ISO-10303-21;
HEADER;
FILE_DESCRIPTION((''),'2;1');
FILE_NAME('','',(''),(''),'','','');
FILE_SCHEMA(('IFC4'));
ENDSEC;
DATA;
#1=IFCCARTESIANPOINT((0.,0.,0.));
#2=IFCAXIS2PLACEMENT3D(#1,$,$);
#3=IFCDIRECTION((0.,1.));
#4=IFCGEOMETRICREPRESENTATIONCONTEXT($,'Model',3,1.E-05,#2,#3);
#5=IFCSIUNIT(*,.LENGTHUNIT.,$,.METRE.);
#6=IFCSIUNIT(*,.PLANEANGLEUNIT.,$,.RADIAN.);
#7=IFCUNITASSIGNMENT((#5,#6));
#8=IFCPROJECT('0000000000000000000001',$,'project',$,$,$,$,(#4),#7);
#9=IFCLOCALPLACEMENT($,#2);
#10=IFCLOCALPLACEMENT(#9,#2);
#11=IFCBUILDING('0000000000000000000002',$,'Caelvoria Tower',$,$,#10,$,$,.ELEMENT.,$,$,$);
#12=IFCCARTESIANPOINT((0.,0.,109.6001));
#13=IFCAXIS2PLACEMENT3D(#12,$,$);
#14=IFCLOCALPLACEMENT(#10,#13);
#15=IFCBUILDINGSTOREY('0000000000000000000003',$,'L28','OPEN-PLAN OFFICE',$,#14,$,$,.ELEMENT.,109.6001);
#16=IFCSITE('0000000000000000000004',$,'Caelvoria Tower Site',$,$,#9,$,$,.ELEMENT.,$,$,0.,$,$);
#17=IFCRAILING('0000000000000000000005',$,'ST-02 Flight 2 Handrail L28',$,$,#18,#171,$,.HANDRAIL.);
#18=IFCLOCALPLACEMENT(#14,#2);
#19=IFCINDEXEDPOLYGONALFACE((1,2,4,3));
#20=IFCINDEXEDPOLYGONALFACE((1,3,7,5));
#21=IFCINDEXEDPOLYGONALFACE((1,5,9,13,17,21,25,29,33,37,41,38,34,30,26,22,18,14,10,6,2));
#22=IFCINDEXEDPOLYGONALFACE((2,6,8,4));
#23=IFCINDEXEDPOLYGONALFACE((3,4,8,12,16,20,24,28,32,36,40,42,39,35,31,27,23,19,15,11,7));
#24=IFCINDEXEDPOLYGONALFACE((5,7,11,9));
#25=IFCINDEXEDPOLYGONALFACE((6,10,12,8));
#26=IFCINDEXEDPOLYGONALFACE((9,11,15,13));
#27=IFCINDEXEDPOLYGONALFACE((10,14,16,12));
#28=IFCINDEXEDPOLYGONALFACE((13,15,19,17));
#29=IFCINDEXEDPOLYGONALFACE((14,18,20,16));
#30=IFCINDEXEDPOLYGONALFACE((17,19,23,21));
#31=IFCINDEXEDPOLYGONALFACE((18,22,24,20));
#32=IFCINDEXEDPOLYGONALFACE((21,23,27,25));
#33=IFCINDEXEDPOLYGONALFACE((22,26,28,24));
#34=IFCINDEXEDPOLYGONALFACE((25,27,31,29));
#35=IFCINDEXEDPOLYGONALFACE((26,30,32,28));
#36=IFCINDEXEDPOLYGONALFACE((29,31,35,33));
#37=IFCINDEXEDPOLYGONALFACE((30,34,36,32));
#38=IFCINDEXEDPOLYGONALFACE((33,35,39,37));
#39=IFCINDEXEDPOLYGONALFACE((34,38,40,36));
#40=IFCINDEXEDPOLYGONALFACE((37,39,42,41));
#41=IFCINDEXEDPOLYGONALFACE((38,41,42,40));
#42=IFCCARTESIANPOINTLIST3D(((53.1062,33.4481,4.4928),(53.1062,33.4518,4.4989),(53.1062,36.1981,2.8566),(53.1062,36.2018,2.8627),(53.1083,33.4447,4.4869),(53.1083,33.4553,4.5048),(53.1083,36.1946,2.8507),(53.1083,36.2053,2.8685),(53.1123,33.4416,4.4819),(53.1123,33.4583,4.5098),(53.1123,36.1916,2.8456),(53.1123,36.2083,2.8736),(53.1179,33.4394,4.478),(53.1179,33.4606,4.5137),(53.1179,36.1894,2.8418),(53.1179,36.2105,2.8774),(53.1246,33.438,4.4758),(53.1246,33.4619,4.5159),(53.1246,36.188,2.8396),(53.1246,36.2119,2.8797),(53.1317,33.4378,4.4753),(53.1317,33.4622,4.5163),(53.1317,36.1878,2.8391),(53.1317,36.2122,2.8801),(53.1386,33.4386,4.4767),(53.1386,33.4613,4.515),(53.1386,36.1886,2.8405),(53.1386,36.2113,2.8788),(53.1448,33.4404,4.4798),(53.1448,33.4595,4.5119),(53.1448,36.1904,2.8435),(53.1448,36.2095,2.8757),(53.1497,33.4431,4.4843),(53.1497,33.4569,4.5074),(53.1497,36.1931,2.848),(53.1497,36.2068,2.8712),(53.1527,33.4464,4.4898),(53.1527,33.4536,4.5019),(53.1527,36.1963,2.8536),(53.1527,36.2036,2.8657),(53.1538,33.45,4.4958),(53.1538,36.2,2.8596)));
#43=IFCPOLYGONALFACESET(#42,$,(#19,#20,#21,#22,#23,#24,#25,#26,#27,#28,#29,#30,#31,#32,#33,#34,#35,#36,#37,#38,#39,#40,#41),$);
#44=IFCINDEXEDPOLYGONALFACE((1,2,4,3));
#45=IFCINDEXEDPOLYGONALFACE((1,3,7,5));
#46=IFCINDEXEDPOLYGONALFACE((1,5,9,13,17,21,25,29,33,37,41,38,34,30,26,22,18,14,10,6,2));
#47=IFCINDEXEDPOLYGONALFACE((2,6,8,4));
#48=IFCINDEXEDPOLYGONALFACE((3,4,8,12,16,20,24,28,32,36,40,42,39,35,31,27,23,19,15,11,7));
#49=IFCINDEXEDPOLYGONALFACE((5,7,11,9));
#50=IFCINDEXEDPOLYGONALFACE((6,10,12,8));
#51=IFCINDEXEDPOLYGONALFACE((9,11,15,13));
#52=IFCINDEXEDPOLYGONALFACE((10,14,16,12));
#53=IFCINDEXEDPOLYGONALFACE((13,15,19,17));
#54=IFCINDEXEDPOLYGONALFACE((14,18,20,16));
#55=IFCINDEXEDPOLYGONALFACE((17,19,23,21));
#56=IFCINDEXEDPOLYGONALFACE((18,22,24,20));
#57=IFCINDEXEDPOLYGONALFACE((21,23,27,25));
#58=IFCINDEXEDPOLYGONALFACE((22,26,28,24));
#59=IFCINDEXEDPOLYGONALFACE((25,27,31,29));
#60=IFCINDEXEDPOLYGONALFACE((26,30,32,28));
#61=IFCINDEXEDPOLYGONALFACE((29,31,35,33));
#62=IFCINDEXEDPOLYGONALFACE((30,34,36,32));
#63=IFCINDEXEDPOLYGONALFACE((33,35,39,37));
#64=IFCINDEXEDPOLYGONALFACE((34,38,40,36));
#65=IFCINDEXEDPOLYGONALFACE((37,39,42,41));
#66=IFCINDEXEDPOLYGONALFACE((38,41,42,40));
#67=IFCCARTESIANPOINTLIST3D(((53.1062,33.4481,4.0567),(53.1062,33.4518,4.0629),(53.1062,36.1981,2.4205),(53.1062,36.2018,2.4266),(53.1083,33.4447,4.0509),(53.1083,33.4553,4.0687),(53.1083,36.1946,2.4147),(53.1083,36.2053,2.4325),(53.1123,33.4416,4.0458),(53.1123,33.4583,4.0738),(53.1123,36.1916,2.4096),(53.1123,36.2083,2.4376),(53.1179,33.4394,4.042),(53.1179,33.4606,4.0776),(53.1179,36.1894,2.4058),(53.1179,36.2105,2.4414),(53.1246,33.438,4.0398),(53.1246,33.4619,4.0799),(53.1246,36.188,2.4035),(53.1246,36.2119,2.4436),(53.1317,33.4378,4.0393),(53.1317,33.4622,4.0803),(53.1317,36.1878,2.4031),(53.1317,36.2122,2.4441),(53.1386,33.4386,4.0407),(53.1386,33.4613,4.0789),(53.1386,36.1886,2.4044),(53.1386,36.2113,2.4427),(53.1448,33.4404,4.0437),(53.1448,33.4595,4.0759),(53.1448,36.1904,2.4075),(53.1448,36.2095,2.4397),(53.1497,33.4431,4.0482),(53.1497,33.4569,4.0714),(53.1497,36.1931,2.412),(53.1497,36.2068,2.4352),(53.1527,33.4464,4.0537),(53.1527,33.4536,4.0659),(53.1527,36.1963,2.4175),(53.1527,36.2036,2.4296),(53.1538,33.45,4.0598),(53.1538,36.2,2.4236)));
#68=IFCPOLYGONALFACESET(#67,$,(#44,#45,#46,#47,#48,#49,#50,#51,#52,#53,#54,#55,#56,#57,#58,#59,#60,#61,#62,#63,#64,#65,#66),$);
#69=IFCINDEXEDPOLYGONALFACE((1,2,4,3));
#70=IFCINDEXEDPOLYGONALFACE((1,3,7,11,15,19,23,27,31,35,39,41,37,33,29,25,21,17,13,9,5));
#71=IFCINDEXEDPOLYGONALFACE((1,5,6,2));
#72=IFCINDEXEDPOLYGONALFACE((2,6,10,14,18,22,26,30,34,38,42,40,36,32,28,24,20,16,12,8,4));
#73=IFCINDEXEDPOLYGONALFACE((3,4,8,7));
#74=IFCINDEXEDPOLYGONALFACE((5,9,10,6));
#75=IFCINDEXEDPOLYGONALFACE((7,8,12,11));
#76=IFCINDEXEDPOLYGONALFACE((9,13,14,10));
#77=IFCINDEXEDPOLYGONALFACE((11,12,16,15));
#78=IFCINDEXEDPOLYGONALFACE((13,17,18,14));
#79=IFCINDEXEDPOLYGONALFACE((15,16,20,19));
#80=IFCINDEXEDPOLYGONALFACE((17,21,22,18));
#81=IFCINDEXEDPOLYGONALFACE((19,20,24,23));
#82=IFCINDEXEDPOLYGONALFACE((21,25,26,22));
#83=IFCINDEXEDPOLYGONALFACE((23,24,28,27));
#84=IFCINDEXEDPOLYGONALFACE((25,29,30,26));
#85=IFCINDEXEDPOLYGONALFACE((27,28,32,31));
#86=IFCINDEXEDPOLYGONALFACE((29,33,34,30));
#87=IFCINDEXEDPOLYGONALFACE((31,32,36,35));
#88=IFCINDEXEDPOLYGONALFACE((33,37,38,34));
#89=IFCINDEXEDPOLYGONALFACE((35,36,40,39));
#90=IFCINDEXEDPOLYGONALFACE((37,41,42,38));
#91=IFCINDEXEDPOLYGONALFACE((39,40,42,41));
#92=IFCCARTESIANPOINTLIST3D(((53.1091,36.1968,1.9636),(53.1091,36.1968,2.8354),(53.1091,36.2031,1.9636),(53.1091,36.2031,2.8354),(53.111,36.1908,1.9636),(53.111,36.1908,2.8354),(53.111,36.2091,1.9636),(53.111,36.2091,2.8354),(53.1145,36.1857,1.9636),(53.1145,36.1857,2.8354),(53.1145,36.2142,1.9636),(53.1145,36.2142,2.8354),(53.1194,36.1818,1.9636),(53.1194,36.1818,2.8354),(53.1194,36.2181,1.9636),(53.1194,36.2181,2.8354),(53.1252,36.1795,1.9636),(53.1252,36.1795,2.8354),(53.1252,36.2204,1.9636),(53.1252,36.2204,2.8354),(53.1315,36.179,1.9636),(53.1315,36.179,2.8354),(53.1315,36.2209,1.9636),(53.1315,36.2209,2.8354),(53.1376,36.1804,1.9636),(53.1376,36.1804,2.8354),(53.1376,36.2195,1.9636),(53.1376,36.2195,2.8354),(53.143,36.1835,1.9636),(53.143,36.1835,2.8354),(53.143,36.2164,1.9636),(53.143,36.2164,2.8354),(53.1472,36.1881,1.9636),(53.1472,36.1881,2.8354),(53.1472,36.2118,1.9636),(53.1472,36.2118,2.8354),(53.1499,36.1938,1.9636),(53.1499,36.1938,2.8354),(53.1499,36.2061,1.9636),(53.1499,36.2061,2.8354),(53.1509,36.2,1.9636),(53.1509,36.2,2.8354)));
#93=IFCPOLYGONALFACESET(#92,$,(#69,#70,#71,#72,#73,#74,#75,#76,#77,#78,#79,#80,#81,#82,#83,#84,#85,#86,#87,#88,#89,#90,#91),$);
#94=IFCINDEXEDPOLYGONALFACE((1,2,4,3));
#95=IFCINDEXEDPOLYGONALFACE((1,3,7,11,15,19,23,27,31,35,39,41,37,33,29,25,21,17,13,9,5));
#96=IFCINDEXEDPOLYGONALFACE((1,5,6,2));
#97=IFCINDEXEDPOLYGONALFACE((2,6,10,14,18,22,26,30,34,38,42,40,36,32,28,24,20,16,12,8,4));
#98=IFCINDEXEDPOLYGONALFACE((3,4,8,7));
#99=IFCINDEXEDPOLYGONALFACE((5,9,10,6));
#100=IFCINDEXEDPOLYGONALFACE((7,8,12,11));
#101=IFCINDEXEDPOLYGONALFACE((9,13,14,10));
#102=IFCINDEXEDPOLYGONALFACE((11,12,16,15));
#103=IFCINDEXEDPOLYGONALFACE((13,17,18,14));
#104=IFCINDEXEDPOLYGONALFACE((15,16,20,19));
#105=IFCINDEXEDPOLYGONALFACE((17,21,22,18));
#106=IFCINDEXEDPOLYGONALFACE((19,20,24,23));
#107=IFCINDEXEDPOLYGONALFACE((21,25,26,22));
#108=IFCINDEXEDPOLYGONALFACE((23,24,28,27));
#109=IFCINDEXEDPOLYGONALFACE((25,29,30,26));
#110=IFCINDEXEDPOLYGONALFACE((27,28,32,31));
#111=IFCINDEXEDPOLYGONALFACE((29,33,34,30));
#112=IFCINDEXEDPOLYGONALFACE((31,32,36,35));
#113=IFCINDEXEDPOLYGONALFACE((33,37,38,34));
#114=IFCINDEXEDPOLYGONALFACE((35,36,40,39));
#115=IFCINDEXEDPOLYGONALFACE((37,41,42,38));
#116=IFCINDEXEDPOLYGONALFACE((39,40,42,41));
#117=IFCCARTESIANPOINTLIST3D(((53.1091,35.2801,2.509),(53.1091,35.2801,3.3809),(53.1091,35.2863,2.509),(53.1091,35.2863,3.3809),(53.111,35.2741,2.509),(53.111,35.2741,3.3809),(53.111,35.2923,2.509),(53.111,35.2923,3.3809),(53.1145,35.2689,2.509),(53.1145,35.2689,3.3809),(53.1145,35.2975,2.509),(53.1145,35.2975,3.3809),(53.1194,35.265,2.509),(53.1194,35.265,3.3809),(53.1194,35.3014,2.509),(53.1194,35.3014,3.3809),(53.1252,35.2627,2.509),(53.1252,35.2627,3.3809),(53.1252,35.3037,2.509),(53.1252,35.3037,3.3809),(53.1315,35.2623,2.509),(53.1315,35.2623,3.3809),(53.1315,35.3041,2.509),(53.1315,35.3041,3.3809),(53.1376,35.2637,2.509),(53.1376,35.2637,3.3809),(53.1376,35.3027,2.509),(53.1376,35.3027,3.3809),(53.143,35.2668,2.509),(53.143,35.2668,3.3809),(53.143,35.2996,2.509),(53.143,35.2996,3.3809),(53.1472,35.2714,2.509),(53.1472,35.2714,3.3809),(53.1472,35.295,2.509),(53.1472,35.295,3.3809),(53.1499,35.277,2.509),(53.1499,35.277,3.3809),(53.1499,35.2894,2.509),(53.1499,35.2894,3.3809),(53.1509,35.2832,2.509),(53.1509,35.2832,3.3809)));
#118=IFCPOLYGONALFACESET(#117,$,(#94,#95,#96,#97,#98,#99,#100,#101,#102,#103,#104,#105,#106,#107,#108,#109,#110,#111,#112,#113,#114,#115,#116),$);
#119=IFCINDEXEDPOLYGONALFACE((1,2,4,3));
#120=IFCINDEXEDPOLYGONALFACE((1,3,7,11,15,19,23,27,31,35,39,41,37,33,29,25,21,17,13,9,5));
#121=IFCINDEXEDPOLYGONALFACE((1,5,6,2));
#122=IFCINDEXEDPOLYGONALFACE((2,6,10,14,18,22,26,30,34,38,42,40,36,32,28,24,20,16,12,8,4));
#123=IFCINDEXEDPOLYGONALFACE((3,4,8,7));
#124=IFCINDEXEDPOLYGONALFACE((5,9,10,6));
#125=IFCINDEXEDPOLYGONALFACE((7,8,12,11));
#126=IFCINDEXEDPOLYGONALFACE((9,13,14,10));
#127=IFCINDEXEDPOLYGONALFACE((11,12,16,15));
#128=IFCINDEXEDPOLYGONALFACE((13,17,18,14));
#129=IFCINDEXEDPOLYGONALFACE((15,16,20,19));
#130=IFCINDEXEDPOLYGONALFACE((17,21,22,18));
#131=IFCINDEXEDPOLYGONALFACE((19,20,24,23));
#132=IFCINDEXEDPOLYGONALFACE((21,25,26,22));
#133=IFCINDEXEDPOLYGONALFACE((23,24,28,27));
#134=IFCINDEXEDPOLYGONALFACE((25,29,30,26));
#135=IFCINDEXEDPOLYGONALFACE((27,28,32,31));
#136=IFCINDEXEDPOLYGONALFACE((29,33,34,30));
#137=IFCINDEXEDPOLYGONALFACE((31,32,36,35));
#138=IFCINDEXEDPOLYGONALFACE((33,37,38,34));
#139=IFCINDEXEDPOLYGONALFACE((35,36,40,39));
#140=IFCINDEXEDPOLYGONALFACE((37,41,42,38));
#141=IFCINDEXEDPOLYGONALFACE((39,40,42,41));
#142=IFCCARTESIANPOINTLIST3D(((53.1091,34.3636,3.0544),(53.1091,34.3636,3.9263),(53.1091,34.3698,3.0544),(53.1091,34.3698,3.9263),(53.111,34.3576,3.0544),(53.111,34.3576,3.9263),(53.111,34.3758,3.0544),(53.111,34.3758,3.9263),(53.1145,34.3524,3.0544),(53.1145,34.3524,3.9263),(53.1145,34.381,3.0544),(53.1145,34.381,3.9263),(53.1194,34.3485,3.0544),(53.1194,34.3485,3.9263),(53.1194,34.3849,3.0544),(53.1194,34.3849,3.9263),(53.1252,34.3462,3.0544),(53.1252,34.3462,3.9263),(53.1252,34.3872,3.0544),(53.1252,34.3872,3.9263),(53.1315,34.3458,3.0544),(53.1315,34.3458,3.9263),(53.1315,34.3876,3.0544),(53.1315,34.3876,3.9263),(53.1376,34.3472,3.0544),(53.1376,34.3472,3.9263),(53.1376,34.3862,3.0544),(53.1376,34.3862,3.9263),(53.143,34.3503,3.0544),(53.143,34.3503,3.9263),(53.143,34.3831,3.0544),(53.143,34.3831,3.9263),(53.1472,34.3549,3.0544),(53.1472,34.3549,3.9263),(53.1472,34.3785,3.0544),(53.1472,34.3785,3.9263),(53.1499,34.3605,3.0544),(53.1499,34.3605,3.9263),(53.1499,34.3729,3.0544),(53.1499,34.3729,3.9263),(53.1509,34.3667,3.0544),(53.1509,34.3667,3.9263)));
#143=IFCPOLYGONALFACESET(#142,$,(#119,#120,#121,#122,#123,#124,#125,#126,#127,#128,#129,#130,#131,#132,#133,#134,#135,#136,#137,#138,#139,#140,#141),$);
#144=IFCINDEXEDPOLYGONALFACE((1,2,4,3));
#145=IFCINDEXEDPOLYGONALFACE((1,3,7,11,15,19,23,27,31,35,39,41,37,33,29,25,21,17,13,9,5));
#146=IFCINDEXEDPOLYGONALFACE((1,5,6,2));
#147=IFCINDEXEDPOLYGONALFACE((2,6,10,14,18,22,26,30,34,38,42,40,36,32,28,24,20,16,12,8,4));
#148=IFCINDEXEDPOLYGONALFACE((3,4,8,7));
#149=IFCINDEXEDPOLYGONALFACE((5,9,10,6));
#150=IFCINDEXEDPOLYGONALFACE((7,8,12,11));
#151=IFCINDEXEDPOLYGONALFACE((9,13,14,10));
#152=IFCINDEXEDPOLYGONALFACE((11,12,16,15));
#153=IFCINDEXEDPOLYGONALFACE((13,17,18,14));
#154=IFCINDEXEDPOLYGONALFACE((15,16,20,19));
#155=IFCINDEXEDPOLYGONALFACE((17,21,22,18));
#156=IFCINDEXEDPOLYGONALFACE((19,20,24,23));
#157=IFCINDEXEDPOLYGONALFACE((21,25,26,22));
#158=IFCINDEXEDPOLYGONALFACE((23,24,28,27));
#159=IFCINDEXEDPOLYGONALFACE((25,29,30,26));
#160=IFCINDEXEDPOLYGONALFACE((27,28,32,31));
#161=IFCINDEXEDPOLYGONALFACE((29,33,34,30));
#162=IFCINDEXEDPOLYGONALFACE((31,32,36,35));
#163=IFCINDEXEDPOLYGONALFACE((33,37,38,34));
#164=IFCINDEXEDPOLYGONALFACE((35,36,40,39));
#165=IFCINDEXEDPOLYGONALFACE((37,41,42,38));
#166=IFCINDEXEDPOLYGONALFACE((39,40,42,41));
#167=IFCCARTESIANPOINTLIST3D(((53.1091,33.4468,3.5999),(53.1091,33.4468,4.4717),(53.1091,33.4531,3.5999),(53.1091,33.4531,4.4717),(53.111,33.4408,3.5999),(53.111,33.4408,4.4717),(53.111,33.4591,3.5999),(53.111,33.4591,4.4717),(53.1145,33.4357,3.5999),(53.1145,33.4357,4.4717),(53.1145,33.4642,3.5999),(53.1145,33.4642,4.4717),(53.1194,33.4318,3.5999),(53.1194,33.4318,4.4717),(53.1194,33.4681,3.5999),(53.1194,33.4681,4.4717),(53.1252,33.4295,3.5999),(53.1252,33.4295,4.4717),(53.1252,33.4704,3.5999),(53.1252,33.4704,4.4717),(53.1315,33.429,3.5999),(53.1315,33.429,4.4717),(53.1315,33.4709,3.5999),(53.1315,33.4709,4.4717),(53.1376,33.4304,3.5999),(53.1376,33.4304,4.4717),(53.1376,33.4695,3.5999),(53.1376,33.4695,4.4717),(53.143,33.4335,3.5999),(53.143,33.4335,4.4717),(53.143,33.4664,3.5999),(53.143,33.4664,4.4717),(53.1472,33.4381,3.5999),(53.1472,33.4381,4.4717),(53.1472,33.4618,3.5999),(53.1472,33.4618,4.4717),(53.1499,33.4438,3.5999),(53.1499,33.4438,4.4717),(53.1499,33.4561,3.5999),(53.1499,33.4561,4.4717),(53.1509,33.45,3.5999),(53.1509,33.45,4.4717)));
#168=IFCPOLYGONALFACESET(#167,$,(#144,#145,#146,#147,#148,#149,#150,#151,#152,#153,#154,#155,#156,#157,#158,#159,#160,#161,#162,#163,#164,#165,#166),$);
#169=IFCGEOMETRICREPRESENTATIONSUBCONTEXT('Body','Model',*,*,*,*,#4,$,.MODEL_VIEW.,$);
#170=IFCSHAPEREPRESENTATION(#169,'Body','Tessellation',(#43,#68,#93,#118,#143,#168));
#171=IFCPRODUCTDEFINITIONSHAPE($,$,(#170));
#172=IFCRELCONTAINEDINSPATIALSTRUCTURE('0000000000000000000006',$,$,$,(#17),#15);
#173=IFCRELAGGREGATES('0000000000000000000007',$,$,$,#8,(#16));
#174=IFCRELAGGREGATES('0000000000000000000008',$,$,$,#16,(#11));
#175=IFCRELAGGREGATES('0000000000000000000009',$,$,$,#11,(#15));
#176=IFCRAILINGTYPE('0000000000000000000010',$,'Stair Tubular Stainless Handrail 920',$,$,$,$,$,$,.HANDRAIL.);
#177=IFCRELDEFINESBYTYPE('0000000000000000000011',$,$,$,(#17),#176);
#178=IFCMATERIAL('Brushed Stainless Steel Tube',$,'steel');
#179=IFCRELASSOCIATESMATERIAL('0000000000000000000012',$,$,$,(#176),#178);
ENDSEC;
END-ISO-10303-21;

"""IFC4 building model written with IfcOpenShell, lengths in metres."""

from ifc_helpers import new_model, si_unit, direction, frame, origin, origin_2d, place, context, subcontext, project, spatial, circle, extrude, material, type_object, element, save


model = new_model("IFC4")

# Units and contexts
model_context = context("Model", 3, precision=1e-05, world=origin(), true_north=direction((0.0, 1.0)))
body_context = subcontext(model_context, "Body", "Model", "MODEL_VIEW")
ifc_project = project(units=[si_unit("LENGTHUNIT", "METRE"), si_unit("PLANEANGLEUNIT", "RADIAN")], contexts=[model_context])

# Site, building, storey
site_placement = place(None, origin())
site = spatial("IfcSite", under=ifc_project, at=site_placement, Name="Caelvoria Tower Site", CompositionType="ELEMENT", RefElevation=0.0)
building_placement = place(site_placement, origin())
building = spatial("IfcBuilding", under=site, at=building_placement, Name="Caelvoria Tower", CompositionType="ELEMENT")
storey_placement = place(building_placement, frame((0.0, 0.0, 109.6001)))
storey = spatial("IfcBuildingStorey", under=building, at=storey_placement, Name="L28", Description="OPEN-PLAN OFFICE", CompositionType="ELEMENT", Elevation=109.6001)

# Railing
ifc_material_1 = material(Name="Brushed Stainless Steel Tube", Category="steel")
railing_type_1 = type_object("IfcRailingType", Name="Stair Tubular Stainless Handrail 920", PredefinedType="HANDRAIL", material=ifc_material_1)
railing_1_placement = place(storey_placement, frame((53.1299, 36.2, 1.9636)))
element("IfcRailing", 1, at=railing_1_placement, inside=storey, type_object=railing_type_1, Name="ST-02 Flight 2 Handrail L28", PredefinedType="HANDRAIL", context=body_context, shape_type="SweptSolid", body=[
    extrude(circle(Radius=0.0239, at=origin_2d()), frame((0.0, 0.0, 0.896), z_axis=(0.0, -0.859385, 0.511328), x_axis=(1.0, 0.0, 0.0)), (0.0, 0.0, 1.0), 3.2),
    extrude(circle(Radius=0.0239, at=origin_2d()), frame((0.0, 0.0, 0.46), z_axis=(0.0, -0.859385, 0.511328), x_axis=(1.0, 0.0, 0.0)), (0.0, 0.0, 1.0), 3.2),
    extrude(circle(Radius=0.021, at=origin_2d()), origin(), (0.0, 0.0, 1.0), 0.8718),
    extrude(circle(Radius=0.021, at=origin_2d()), frame((0.0, -0.9167, 0.5454)), (0.0, 0.0, 1.0), 0.8718),
    extrude(circle(Radius=0.021, at=origin_2d()), frame((0.0, -1.8333, 1.0908)), (0.0, 0.0, 1.0), 0.8718),
    extrude(circle(Radius=0.021, at=origin_2d()), frame((0.0, -2.75, 1.6362)), (0.0, 0.0, 1.0), 0.8718),
])

save(model, "model.ifc")
